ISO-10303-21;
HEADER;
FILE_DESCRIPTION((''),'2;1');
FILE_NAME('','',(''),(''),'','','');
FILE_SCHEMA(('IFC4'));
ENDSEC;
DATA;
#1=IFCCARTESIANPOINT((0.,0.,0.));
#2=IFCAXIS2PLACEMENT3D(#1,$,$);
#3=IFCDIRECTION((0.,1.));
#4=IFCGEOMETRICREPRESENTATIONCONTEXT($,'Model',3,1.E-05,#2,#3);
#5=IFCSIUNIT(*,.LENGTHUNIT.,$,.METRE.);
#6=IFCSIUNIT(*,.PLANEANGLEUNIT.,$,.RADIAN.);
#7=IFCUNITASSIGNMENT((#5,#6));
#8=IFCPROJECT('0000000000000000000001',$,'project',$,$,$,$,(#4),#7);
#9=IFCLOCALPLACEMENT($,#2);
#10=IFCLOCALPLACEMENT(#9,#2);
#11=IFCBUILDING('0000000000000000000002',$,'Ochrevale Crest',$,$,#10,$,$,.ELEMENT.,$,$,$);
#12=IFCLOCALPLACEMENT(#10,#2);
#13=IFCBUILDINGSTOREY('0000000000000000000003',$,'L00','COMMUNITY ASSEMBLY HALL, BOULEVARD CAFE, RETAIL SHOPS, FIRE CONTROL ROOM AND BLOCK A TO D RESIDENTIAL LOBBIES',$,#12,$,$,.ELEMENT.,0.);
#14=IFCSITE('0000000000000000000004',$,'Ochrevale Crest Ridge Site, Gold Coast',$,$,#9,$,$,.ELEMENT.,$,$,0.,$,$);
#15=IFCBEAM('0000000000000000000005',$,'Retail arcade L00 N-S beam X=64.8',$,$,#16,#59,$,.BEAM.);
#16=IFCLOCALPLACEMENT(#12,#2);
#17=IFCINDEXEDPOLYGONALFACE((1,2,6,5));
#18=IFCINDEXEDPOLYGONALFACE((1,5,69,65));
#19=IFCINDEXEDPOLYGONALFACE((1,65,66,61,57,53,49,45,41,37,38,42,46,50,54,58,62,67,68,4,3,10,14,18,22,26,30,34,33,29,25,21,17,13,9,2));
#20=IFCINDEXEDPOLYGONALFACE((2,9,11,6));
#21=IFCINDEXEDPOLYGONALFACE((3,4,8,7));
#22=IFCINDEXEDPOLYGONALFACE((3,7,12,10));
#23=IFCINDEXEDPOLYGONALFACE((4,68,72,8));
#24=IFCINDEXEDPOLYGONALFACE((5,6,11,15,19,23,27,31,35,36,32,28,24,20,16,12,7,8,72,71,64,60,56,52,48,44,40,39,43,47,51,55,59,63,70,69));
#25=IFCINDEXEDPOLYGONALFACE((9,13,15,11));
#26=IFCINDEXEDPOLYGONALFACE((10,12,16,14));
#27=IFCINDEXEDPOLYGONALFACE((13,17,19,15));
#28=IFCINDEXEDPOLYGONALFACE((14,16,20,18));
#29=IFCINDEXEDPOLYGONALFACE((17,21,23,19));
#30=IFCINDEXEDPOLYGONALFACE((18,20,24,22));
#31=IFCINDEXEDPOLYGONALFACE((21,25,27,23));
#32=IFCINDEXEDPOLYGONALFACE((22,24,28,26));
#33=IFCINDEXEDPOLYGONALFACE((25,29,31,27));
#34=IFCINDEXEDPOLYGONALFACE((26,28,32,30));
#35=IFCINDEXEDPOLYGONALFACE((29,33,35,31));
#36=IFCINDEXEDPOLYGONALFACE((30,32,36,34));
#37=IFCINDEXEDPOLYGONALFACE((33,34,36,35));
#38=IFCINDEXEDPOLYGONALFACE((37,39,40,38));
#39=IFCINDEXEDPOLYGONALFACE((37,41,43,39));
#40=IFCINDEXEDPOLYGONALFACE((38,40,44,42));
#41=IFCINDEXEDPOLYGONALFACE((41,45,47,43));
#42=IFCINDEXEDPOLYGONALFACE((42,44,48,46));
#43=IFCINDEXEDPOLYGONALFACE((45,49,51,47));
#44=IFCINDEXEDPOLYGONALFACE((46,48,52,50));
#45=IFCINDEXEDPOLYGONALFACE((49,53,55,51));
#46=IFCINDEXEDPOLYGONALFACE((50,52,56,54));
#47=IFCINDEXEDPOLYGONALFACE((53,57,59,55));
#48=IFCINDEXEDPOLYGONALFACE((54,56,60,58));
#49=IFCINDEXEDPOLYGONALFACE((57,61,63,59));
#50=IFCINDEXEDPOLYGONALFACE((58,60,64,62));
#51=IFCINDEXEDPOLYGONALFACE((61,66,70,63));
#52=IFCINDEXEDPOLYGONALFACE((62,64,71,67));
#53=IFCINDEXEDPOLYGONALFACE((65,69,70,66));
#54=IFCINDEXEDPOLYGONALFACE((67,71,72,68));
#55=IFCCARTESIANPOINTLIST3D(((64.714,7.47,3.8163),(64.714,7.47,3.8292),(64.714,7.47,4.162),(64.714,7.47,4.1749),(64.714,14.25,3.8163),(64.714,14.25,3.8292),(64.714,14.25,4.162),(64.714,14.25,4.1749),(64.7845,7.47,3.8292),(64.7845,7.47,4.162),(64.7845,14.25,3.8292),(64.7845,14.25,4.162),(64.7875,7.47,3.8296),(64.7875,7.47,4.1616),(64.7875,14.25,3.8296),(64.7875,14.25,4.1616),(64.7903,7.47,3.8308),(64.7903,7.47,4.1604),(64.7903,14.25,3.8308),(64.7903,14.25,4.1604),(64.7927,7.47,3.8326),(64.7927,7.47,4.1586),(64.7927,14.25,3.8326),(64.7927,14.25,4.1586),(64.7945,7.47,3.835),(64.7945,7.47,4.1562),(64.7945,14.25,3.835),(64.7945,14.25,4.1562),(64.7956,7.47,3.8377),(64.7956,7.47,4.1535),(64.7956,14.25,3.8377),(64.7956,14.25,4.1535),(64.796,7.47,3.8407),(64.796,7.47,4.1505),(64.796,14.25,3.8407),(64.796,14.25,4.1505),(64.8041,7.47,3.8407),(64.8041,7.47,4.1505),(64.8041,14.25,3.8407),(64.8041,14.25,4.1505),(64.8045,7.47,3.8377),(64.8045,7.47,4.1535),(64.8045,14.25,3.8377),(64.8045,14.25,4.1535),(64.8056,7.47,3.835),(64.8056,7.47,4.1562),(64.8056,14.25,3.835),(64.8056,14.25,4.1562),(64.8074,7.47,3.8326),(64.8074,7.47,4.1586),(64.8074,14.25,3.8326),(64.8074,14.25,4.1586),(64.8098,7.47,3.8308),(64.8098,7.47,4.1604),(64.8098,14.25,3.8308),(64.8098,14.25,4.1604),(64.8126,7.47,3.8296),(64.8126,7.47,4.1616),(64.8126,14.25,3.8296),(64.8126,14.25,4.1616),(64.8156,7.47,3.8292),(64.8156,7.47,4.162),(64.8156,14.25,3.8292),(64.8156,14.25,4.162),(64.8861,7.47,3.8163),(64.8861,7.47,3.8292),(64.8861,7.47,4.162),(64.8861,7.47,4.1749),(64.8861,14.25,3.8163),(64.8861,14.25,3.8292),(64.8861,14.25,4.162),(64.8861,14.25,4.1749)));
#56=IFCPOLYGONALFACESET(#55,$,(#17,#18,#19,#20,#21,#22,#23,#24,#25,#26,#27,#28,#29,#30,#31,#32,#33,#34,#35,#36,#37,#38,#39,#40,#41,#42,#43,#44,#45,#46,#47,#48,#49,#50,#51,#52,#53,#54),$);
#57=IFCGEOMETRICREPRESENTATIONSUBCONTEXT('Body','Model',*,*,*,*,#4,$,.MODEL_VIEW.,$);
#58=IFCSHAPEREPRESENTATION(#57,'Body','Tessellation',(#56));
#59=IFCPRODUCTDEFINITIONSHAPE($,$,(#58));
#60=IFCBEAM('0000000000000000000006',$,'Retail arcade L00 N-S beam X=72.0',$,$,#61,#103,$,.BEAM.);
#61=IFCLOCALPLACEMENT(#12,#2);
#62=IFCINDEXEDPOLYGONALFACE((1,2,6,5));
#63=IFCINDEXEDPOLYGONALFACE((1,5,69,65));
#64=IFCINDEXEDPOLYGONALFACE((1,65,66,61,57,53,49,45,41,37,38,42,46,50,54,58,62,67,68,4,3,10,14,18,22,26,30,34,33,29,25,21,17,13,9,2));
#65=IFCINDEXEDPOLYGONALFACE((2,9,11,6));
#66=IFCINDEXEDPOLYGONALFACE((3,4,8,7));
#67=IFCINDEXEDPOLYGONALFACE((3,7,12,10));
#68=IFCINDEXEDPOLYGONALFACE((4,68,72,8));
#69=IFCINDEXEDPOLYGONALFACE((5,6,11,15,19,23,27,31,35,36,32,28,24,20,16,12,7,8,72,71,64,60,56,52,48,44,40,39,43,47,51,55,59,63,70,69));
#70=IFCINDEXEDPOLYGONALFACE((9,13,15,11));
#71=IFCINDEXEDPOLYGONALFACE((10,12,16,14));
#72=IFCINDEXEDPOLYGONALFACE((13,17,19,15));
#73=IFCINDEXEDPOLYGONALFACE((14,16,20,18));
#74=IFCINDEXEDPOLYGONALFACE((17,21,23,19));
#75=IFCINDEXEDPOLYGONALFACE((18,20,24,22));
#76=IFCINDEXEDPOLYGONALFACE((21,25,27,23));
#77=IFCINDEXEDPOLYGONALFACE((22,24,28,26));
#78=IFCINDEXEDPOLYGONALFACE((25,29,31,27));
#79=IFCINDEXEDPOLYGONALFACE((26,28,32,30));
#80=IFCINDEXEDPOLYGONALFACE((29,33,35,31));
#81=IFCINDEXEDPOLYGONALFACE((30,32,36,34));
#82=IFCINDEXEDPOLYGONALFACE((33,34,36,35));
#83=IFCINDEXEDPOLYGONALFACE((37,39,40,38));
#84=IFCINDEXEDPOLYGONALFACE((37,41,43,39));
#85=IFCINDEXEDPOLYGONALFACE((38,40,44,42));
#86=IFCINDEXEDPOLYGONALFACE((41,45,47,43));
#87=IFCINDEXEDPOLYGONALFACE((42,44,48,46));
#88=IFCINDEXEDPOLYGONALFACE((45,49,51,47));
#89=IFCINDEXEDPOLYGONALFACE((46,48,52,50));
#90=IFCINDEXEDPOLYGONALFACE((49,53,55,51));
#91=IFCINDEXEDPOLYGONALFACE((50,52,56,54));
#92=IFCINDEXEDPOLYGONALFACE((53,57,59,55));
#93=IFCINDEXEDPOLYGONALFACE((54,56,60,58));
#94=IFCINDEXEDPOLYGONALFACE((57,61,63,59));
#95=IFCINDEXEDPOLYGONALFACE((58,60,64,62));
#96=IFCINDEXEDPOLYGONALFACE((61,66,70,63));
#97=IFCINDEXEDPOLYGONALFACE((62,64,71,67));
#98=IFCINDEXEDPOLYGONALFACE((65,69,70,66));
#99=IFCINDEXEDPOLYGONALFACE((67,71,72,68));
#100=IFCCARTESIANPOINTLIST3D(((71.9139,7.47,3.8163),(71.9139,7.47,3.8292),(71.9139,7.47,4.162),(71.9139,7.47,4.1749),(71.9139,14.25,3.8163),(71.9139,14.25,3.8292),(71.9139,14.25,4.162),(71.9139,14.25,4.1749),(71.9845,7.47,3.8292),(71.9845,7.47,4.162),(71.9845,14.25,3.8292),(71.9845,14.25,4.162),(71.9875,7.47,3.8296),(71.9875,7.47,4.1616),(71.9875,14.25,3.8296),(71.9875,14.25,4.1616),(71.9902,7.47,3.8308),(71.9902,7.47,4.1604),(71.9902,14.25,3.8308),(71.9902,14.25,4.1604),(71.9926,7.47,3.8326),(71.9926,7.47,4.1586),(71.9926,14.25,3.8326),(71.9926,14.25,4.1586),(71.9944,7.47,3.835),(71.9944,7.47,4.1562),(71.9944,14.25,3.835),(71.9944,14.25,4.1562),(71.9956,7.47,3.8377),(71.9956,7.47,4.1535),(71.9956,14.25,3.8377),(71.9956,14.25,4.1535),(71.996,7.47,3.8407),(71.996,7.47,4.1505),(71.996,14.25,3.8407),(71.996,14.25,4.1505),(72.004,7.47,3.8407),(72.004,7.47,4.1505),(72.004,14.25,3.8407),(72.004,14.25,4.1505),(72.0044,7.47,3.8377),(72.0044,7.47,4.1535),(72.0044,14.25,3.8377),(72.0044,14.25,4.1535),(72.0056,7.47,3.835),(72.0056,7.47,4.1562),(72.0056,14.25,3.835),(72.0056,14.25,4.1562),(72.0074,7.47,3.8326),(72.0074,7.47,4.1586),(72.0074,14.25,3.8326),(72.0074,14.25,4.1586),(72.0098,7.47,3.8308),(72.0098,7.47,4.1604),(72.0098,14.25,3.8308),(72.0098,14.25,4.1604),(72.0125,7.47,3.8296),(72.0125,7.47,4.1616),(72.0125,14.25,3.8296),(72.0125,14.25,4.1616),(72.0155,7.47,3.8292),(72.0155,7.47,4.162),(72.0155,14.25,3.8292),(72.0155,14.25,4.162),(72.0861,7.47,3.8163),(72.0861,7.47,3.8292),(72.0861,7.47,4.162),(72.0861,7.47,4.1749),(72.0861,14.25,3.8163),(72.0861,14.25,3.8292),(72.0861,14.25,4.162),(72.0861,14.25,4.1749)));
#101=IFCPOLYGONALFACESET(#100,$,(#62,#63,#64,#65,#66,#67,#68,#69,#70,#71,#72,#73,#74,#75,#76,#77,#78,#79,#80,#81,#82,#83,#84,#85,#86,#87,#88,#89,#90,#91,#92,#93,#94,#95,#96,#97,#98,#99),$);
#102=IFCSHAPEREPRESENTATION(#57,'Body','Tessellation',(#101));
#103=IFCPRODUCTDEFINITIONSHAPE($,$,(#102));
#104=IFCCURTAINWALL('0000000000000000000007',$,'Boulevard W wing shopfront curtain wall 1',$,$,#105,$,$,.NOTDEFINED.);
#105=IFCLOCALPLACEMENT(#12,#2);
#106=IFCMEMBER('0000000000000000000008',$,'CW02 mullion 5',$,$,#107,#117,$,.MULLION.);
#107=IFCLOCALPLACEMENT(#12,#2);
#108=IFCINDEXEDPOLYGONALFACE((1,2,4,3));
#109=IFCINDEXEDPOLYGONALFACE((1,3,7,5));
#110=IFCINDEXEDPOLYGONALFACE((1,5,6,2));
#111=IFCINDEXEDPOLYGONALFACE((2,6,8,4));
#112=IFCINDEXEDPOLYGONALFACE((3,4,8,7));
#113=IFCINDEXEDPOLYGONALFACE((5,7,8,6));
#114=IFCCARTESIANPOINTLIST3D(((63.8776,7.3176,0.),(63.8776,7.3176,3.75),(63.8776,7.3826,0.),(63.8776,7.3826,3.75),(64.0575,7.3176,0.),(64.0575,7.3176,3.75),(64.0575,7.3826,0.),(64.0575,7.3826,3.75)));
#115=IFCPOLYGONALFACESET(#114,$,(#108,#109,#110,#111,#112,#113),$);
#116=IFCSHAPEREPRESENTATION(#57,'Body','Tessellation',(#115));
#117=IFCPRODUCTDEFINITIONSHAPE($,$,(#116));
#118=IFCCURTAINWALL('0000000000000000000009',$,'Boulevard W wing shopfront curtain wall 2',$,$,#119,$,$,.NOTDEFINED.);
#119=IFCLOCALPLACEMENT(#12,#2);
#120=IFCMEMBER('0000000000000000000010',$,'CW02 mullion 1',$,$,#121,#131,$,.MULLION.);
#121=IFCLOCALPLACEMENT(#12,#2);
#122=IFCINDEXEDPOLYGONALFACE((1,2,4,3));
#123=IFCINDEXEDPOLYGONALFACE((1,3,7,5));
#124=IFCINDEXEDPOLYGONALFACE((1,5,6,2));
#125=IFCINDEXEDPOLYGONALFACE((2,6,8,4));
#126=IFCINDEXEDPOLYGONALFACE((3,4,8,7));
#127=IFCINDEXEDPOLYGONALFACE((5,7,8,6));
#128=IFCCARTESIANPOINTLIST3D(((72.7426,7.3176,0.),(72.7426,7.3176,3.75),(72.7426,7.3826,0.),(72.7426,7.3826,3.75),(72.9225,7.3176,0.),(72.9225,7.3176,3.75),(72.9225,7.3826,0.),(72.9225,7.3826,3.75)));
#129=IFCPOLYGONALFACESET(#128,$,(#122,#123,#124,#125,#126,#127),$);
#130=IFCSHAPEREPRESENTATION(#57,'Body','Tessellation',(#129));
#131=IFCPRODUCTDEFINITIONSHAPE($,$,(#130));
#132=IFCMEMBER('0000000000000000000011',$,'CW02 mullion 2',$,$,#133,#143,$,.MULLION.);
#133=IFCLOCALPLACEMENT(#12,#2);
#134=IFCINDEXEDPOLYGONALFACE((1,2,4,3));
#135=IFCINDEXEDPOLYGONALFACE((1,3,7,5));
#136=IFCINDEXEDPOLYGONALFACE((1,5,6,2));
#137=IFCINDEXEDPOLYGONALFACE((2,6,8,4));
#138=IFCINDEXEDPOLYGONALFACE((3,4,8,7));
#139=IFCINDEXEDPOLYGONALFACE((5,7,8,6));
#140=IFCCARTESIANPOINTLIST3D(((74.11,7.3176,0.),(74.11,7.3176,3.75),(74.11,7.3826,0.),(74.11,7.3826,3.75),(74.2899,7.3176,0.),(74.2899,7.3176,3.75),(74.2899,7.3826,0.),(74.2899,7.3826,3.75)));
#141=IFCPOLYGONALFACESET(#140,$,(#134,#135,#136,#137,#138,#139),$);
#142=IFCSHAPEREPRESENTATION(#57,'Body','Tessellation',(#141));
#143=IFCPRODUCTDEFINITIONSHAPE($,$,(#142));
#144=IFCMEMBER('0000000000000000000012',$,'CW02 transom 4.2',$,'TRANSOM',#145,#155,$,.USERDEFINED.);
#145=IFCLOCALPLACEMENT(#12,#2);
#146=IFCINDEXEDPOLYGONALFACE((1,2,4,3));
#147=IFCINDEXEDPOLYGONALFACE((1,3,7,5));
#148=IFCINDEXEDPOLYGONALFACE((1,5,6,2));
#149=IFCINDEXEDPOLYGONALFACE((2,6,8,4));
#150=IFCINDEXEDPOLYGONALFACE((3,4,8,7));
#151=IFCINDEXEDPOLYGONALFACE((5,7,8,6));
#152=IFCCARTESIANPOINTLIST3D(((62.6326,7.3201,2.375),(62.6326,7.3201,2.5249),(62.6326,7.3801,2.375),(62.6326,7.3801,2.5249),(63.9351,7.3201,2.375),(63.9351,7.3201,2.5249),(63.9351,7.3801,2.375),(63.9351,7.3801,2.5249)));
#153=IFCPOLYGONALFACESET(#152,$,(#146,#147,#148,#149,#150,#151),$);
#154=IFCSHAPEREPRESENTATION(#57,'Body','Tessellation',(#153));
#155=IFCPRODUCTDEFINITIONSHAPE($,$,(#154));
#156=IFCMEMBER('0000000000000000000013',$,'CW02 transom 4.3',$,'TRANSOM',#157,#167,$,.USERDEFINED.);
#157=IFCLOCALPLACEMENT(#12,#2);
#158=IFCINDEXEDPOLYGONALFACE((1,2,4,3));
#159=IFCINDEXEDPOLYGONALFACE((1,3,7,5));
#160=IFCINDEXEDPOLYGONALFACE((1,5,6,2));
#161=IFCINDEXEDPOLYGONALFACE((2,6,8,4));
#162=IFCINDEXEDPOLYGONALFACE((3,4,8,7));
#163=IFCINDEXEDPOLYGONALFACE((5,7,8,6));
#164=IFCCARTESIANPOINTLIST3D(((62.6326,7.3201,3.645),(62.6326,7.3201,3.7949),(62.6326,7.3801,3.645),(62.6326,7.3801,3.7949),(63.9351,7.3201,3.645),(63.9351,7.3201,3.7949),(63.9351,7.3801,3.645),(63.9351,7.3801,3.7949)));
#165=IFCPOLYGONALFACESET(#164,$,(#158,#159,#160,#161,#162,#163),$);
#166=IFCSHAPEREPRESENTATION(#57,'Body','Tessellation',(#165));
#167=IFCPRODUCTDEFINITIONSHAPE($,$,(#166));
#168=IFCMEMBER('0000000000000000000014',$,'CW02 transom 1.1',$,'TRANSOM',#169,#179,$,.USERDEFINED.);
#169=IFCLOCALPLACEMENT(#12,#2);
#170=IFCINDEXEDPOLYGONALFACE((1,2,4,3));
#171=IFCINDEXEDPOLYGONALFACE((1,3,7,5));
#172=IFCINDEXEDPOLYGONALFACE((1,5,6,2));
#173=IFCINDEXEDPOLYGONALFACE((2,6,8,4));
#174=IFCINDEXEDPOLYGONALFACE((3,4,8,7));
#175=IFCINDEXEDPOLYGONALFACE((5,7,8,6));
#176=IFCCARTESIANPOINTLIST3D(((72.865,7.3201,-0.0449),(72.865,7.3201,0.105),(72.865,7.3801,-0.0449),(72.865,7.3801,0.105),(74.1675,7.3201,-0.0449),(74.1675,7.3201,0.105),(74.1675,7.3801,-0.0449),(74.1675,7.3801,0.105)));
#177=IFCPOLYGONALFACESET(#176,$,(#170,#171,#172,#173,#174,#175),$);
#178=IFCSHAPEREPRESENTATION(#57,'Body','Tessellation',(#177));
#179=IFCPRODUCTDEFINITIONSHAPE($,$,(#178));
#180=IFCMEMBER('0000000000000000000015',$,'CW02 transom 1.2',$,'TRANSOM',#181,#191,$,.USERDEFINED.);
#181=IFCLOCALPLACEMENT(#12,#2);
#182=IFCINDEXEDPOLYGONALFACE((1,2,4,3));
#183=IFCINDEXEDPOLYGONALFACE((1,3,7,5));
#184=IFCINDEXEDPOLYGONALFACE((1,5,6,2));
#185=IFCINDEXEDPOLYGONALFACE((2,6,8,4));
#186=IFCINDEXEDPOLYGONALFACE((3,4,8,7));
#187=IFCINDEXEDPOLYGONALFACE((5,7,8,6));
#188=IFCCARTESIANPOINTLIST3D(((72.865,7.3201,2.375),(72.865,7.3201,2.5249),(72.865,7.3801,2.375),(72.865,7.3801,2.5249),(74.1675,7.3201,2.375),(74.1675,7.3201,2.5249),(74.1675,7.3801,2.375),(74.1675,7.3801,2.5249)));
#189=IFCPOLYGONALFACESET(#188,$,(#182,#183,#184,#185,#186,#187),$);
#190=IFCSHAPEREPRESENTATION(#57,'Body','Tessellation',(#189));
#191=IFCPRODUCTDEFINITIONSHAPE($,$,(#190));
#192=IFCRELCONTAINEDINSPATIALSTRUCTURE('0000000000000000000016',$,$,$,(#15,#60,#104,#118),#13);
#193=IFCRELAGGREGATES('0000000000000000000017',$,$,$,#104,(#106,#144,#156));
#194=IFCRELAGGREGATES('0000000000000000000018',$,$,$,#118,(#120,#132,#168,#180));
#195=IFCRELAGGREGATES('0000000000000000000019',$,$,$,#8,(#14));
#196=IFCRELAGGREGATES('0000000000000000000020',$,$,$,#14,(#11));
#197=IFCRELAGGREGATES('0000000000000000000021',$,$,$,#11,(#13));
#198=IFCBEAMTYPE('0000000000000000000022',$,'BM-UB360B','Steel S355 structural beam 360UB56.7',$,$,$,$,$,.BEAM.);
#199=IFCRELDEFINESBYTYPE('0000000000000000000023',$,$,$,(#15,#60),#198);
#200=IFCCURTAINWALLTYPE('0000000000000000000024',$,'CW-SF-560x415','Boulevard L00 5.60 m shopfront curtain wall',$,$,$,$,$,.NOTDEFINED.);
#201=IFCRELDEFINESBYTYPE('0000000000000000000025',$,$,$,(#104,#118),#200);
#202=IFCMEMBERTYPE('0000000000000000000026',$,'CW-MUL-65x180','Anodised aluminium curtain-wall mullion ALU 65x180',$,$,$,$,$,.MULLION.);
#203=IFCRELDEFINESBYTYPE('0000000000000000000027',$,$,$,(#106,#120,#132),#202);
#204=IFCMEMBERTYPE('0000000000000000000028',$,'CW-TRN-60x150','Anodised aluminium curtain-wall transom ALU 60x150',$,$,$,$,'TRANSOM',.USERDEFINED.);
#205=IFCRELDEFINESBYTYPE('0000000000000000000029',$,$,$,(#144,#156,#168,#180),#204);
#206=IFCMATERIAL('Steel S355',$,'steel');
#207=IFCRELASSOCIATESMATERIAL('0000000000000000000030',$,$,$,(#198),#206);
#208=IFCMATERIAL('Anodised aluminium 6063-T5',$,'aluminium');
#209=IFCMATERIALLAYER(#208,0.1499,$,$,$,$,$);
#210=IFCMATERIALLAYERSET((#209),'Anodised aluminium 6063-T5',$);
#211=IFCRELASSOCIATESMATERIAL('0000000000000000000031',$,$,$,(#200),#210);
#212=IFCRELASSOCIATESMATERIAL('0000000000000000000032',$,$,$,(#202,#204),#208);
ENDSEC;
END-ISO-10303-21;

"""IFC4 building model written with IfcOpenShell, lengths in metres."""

from ifc_helpers import new_model, si_unit, direction, frame, origin, origin_2d, place, context, subcontext, project, spatial, rectangle, i_section, extrude, material, layer, layer_set, material_profile, profile_set, type_object, element, aggregate, save


model = new_model("IFC4")

# Units and contexts
model_context = context("Model", 3, precision=1e-05, world=origin(), true_north=direction((0.0, 1.0)))
body_context = subcontext(model_context, "Body", "Model", "MODEL_VIEW")
ifc_project = project(units=[si_unit("LENGTHUNIT", "METRE"), si_unit("PLANEANGLEUNIT", "RADIAN")], contexts=[model_context])

# Site, building, storey
site_placement = place(None, origin())
site = spatial("IfcSite", under=ifc_project, at=site_placement, Name="Ochrevale Crest Ridge Site, Gold Coast", CompositionType="ELEMENT", RefElevation=0.0)
building_placement = place(site_placement, origin())
building = spatial("IfcBuilding", under=site, at=building_placement, Name="Ochrevale Crest", CompositionType="ELEMENT")
storey_placement = place(building_placement, origin())
storey = spatial("IfcBuildingStorey", under=building, at=storey_placement, Name="L00", Description="COMMUNITY ASSEMBLY HALL, BOULEVARD CAFE, RETAIL SHOPS, FIRE CONTROL ROOM AND BLOCK A TO D RESIDENTIAL LOBBIES", CompositionType="ELEMENT", Elevation=0.0)

# Beams
ifc_material_1 = material(Name="Steel S355", Category="steel")
ifc_material_profile_1 = material_profile(ifc_material_1, i_section(OverallWidth=0.1721, OverallDepth=0.3586, WebThickness=0.0081, FlangeThickness=0.0129, FilletRadius=0.0115, at=origin_2d()), Name="360UB56.7")
ifc_profile_set_1 = profile_set([ifc_material_profile_1], Name="Steel S355")
beam_type_1 = type_object("IfcBeamType", Name="BM-UB360B", Description="Steel S355 structural beam 360UB56.7", PredefinedType="BEAM", material=ifc_profile_set_1)
for number, where, z_axis, x_axis, name in (
    (1, (64.8, 7.47, 3.9956), (0.0, 1.0, 0.0), (-1.0, 0.0, 0.0), "Retail arcade L00 N-S beam X=64.8"),
    (2, (72.0, 7.47, 3.9956), (0.0, 1.0, 0.0), (-1.0, 0.0, 0.0), "Retail arcade L00 N-S beam X=72.0"),
):
    element("IfcBeam", number, at=place(storey_placement, frame(where, z_axis=z_axis, x_axis=x_axis)), inside=storey, type_object=beam_type_1, Name=name, PredefinedType="BEAM", context=body_context, shape_type="SweptSolid", body=[
        extrude(i_section(OverallWidth=0.1721, OverallDepth=0.3586, WebThickness=0.0081, FlangeThickness=0.0129, FilletRadius=0.0115, at=origin_2d()), origin(), (0.0, 0.0, 1.0), 6.78),
    ])

# Curtain wall, member
ifc_material_2 = material(Name="Anodised aluminium 6063-T5", Category="aluminium")
ifc_layer_1 = layer(ifc_material_2, 0.1499)
ifc_layer_set_1 = layer_set([ifc_layer_1], Name="Anodised aluminium 6063-T5")
curtain_wall_type = type_object("IfcCurtainWallType", Name="CW-SF-560x415", Description="Boulevard L00 5.60 m shopfront curtain wall", PredefinedType="NOTDEFINED", material=ifc_layer_set_1)
curtain_wall_1_placement = place(storey_placement, origin())
curtain_wall_1 = element("IfcCurtainWall", 3, at=curtain_wall_1_placement, inside=storey, type_object=curtain_wall_type, Name="Boulevard W wing shopfront curtain wall 1", PredefinedType="NOTDEFINED")
ifc_material_profile_2 = material_profile(ifc_material_2, rectangle(XDim=0.0649, YDim=0.1799, at=origin_2d()), Name="ALU 65x180")
ifc_profile_set_2 = profile_set([ifc_material_profile_2], Name="Anodised aluminium 6063-T5")
member_type_1 = type_object("IfcMemberType", Name="CW-MUL-65x180", Description="Anodised aluminium curtain-wall mullion ALU 65x180", PredefinedType="MULLION", material=ifc_profile_set_2)
member_1_placement = place(storey_placement, frame((63.9675, 7.3501, 0.0), z_axis=(0.0, 0.0, 1.0), x_axis=(0.0, 1.0, 0.0)))
member_1 = element("IfcMember", 4, at=member_1_placement, type_object=member_type_1, Name="CW02 mullion 5", PredefinedType="MULLION", context=body_context, shape_type="SweptSolid", body=[
    extrude(rectangle(XDim=0.0649, YDim=0.1799, at=origin_2d()), origin(), (0.0, 0.0, 1.0), 3.75),
])

# Curtain wall, members
curtain_wall_2_placement = place(storey_placement, origin())
curtain_wall_2 = element("IfcCurtainWall", 5, at=curtain_wall_2_placement, inside=storey, type_object=curtain_wall_type, Name="Boulevard W wing shopfront curtain wall 2", PredefinedType="NOTDEFINED")
member_2_placement = place(storey_placement, frame((72.8325, 7.3501, 0.0), z_axis=(0.0, 0.0, 1.0), x_axis=(0.0, 1.0, 0.0)))
member_2 = element("IfcMember", 6, at=member_2_placement, type_object=member_type_1, Name="CW02 mullion 1", PredefinedType="MULLION", context=body_context, shape_type="SweptSolid", body=[
    extrude(rectangle(XDim=0.0649, YDim=0.1799, at=origin_2d()), origin(), (0.0, 0.0, 1.0), 3.75),
])
member_3_placement = place(storey_placement, frame((74.2, 7.3501, 0.0), z_axis=(0.0, 0.0, 1.0), x_axis=(0.0, 1.0, 0.0)))
member_3 = element("IfcMember", 7, at=member_3_placement, type_object=member_type_1, Name="CW02 mullion 2", PredefinedType="MULLION", context=body_context, shape_type="SweptSolid", body=[
    extrude(rectangle(XDim=0.0649, YDim=0.1799, at=origin_2d()), origin(), (0.0, 0.0, 1.0), 3.75),
])

# Members
ifc_material_profile_3 = material_profile(ifc_material_2, rectangle(XDim=0.0601, YDim=0.1499, at=origin_2d()), Name="ALU 60x150")
ifc_profile_set_3 = profile_set([ifc_material_profile_3], Name="Anodised aluminium 6063-T5")
member_type_2 = type_object("IfcMemberType", Name="CW-TRN-60x150", Description="Anodised aluminium curtain-wall transom ALU 60x150", ElementType="TRANSOM", PredefinedType="USERDEFINED", material=ifc_profile_set_3)
member_4_placement = place(storey_placement, frame((62.6326, 7.3501, 2.45), z_axis=(1.0, 0.0, 0.0), x_axis=(0.0, 1.0, 0.0)))
member_4 = element("IfcMember", 8, at=member_4_placement, type_object=member_type_2, Name="CW02 transom 4.2", ObjectType="TRANSOM", PredefinedType="USERDEFINED", context=body_context, shape_type="SweptSolid", body=[
    extrude(rectangle(XDim=0.0601, YDim=0.1499, at=origin_2d()), origin(), (0.0, 0.0, 1.0), 1.3025),
])
member_5_placement = place(storey_placement, frame((62.6326, 7.3501, 3.72), z_axis=(1.0, 0.0, 0.0), x_axis=(0.0, 1.0, 0.0)))
member_5 = element("IfcMember", 9, at=member_5_placement, type_object=member_type_2, Name="CW02 transom 4.3", ObjectType="TRANSOM", PredefinedType="USERDEFINED", context=body_context, shape_type="SweptSolid", body=[
    extrude(rectangle(XDim=0.0601, YDim=0.1499, at=origin_2d()), origin(), (0.0, 0.0, 1.0), 1.3025),
])
member_6_placement = place(storey_placement, frame((72.865, 7.3501, 0.03), z_axis=(1.0, 0.0, 0.0), x_axis=(0.0, 1.0, 0.0)))
member_6 = element("IfcMember", 10, at=member_6_placement, type_object=member_type_2, Name="CW02 transom 1.1", ObjectType="TRANSOM", PredefinedType="USERDEFINED", context=body_context, shape_type="SweptSolid", body=[
    extrude(rectangle(XDim=0.0601, YDim=0.1499, at=origin_2d()), origin(), (0.0, 0.0, 1.0), 1.3025),
])
member_7_placement = place(storey_placement, frame((72.865, 7.3501, 2.45), z_axis=(1.0, 0.0, 0.0), x_axis=(0.0, 1.0, 0.0)))
member_7 = element("IfcMember", 11, at=member_7_placement, type_object=member_type_2, Name="CW02 transom 1.2", ObjectType="TRANSOM", PredefinedType="USERDEFINED", context=body_context, shape_type="SweptSolid", body=[
    extrude(rectangle(XDim=0.0601, YDim=0.1499, at=origin_2d()), origin(), (0.0, 0.0, 1.0), 1.3025),
])

aggregate(curtain_wall_1, [member_1, member_4, member_5])
aggregate(curtain_wall_2, [member_2, member_3, member_6, member_7])

save(model, "model.ifc")
